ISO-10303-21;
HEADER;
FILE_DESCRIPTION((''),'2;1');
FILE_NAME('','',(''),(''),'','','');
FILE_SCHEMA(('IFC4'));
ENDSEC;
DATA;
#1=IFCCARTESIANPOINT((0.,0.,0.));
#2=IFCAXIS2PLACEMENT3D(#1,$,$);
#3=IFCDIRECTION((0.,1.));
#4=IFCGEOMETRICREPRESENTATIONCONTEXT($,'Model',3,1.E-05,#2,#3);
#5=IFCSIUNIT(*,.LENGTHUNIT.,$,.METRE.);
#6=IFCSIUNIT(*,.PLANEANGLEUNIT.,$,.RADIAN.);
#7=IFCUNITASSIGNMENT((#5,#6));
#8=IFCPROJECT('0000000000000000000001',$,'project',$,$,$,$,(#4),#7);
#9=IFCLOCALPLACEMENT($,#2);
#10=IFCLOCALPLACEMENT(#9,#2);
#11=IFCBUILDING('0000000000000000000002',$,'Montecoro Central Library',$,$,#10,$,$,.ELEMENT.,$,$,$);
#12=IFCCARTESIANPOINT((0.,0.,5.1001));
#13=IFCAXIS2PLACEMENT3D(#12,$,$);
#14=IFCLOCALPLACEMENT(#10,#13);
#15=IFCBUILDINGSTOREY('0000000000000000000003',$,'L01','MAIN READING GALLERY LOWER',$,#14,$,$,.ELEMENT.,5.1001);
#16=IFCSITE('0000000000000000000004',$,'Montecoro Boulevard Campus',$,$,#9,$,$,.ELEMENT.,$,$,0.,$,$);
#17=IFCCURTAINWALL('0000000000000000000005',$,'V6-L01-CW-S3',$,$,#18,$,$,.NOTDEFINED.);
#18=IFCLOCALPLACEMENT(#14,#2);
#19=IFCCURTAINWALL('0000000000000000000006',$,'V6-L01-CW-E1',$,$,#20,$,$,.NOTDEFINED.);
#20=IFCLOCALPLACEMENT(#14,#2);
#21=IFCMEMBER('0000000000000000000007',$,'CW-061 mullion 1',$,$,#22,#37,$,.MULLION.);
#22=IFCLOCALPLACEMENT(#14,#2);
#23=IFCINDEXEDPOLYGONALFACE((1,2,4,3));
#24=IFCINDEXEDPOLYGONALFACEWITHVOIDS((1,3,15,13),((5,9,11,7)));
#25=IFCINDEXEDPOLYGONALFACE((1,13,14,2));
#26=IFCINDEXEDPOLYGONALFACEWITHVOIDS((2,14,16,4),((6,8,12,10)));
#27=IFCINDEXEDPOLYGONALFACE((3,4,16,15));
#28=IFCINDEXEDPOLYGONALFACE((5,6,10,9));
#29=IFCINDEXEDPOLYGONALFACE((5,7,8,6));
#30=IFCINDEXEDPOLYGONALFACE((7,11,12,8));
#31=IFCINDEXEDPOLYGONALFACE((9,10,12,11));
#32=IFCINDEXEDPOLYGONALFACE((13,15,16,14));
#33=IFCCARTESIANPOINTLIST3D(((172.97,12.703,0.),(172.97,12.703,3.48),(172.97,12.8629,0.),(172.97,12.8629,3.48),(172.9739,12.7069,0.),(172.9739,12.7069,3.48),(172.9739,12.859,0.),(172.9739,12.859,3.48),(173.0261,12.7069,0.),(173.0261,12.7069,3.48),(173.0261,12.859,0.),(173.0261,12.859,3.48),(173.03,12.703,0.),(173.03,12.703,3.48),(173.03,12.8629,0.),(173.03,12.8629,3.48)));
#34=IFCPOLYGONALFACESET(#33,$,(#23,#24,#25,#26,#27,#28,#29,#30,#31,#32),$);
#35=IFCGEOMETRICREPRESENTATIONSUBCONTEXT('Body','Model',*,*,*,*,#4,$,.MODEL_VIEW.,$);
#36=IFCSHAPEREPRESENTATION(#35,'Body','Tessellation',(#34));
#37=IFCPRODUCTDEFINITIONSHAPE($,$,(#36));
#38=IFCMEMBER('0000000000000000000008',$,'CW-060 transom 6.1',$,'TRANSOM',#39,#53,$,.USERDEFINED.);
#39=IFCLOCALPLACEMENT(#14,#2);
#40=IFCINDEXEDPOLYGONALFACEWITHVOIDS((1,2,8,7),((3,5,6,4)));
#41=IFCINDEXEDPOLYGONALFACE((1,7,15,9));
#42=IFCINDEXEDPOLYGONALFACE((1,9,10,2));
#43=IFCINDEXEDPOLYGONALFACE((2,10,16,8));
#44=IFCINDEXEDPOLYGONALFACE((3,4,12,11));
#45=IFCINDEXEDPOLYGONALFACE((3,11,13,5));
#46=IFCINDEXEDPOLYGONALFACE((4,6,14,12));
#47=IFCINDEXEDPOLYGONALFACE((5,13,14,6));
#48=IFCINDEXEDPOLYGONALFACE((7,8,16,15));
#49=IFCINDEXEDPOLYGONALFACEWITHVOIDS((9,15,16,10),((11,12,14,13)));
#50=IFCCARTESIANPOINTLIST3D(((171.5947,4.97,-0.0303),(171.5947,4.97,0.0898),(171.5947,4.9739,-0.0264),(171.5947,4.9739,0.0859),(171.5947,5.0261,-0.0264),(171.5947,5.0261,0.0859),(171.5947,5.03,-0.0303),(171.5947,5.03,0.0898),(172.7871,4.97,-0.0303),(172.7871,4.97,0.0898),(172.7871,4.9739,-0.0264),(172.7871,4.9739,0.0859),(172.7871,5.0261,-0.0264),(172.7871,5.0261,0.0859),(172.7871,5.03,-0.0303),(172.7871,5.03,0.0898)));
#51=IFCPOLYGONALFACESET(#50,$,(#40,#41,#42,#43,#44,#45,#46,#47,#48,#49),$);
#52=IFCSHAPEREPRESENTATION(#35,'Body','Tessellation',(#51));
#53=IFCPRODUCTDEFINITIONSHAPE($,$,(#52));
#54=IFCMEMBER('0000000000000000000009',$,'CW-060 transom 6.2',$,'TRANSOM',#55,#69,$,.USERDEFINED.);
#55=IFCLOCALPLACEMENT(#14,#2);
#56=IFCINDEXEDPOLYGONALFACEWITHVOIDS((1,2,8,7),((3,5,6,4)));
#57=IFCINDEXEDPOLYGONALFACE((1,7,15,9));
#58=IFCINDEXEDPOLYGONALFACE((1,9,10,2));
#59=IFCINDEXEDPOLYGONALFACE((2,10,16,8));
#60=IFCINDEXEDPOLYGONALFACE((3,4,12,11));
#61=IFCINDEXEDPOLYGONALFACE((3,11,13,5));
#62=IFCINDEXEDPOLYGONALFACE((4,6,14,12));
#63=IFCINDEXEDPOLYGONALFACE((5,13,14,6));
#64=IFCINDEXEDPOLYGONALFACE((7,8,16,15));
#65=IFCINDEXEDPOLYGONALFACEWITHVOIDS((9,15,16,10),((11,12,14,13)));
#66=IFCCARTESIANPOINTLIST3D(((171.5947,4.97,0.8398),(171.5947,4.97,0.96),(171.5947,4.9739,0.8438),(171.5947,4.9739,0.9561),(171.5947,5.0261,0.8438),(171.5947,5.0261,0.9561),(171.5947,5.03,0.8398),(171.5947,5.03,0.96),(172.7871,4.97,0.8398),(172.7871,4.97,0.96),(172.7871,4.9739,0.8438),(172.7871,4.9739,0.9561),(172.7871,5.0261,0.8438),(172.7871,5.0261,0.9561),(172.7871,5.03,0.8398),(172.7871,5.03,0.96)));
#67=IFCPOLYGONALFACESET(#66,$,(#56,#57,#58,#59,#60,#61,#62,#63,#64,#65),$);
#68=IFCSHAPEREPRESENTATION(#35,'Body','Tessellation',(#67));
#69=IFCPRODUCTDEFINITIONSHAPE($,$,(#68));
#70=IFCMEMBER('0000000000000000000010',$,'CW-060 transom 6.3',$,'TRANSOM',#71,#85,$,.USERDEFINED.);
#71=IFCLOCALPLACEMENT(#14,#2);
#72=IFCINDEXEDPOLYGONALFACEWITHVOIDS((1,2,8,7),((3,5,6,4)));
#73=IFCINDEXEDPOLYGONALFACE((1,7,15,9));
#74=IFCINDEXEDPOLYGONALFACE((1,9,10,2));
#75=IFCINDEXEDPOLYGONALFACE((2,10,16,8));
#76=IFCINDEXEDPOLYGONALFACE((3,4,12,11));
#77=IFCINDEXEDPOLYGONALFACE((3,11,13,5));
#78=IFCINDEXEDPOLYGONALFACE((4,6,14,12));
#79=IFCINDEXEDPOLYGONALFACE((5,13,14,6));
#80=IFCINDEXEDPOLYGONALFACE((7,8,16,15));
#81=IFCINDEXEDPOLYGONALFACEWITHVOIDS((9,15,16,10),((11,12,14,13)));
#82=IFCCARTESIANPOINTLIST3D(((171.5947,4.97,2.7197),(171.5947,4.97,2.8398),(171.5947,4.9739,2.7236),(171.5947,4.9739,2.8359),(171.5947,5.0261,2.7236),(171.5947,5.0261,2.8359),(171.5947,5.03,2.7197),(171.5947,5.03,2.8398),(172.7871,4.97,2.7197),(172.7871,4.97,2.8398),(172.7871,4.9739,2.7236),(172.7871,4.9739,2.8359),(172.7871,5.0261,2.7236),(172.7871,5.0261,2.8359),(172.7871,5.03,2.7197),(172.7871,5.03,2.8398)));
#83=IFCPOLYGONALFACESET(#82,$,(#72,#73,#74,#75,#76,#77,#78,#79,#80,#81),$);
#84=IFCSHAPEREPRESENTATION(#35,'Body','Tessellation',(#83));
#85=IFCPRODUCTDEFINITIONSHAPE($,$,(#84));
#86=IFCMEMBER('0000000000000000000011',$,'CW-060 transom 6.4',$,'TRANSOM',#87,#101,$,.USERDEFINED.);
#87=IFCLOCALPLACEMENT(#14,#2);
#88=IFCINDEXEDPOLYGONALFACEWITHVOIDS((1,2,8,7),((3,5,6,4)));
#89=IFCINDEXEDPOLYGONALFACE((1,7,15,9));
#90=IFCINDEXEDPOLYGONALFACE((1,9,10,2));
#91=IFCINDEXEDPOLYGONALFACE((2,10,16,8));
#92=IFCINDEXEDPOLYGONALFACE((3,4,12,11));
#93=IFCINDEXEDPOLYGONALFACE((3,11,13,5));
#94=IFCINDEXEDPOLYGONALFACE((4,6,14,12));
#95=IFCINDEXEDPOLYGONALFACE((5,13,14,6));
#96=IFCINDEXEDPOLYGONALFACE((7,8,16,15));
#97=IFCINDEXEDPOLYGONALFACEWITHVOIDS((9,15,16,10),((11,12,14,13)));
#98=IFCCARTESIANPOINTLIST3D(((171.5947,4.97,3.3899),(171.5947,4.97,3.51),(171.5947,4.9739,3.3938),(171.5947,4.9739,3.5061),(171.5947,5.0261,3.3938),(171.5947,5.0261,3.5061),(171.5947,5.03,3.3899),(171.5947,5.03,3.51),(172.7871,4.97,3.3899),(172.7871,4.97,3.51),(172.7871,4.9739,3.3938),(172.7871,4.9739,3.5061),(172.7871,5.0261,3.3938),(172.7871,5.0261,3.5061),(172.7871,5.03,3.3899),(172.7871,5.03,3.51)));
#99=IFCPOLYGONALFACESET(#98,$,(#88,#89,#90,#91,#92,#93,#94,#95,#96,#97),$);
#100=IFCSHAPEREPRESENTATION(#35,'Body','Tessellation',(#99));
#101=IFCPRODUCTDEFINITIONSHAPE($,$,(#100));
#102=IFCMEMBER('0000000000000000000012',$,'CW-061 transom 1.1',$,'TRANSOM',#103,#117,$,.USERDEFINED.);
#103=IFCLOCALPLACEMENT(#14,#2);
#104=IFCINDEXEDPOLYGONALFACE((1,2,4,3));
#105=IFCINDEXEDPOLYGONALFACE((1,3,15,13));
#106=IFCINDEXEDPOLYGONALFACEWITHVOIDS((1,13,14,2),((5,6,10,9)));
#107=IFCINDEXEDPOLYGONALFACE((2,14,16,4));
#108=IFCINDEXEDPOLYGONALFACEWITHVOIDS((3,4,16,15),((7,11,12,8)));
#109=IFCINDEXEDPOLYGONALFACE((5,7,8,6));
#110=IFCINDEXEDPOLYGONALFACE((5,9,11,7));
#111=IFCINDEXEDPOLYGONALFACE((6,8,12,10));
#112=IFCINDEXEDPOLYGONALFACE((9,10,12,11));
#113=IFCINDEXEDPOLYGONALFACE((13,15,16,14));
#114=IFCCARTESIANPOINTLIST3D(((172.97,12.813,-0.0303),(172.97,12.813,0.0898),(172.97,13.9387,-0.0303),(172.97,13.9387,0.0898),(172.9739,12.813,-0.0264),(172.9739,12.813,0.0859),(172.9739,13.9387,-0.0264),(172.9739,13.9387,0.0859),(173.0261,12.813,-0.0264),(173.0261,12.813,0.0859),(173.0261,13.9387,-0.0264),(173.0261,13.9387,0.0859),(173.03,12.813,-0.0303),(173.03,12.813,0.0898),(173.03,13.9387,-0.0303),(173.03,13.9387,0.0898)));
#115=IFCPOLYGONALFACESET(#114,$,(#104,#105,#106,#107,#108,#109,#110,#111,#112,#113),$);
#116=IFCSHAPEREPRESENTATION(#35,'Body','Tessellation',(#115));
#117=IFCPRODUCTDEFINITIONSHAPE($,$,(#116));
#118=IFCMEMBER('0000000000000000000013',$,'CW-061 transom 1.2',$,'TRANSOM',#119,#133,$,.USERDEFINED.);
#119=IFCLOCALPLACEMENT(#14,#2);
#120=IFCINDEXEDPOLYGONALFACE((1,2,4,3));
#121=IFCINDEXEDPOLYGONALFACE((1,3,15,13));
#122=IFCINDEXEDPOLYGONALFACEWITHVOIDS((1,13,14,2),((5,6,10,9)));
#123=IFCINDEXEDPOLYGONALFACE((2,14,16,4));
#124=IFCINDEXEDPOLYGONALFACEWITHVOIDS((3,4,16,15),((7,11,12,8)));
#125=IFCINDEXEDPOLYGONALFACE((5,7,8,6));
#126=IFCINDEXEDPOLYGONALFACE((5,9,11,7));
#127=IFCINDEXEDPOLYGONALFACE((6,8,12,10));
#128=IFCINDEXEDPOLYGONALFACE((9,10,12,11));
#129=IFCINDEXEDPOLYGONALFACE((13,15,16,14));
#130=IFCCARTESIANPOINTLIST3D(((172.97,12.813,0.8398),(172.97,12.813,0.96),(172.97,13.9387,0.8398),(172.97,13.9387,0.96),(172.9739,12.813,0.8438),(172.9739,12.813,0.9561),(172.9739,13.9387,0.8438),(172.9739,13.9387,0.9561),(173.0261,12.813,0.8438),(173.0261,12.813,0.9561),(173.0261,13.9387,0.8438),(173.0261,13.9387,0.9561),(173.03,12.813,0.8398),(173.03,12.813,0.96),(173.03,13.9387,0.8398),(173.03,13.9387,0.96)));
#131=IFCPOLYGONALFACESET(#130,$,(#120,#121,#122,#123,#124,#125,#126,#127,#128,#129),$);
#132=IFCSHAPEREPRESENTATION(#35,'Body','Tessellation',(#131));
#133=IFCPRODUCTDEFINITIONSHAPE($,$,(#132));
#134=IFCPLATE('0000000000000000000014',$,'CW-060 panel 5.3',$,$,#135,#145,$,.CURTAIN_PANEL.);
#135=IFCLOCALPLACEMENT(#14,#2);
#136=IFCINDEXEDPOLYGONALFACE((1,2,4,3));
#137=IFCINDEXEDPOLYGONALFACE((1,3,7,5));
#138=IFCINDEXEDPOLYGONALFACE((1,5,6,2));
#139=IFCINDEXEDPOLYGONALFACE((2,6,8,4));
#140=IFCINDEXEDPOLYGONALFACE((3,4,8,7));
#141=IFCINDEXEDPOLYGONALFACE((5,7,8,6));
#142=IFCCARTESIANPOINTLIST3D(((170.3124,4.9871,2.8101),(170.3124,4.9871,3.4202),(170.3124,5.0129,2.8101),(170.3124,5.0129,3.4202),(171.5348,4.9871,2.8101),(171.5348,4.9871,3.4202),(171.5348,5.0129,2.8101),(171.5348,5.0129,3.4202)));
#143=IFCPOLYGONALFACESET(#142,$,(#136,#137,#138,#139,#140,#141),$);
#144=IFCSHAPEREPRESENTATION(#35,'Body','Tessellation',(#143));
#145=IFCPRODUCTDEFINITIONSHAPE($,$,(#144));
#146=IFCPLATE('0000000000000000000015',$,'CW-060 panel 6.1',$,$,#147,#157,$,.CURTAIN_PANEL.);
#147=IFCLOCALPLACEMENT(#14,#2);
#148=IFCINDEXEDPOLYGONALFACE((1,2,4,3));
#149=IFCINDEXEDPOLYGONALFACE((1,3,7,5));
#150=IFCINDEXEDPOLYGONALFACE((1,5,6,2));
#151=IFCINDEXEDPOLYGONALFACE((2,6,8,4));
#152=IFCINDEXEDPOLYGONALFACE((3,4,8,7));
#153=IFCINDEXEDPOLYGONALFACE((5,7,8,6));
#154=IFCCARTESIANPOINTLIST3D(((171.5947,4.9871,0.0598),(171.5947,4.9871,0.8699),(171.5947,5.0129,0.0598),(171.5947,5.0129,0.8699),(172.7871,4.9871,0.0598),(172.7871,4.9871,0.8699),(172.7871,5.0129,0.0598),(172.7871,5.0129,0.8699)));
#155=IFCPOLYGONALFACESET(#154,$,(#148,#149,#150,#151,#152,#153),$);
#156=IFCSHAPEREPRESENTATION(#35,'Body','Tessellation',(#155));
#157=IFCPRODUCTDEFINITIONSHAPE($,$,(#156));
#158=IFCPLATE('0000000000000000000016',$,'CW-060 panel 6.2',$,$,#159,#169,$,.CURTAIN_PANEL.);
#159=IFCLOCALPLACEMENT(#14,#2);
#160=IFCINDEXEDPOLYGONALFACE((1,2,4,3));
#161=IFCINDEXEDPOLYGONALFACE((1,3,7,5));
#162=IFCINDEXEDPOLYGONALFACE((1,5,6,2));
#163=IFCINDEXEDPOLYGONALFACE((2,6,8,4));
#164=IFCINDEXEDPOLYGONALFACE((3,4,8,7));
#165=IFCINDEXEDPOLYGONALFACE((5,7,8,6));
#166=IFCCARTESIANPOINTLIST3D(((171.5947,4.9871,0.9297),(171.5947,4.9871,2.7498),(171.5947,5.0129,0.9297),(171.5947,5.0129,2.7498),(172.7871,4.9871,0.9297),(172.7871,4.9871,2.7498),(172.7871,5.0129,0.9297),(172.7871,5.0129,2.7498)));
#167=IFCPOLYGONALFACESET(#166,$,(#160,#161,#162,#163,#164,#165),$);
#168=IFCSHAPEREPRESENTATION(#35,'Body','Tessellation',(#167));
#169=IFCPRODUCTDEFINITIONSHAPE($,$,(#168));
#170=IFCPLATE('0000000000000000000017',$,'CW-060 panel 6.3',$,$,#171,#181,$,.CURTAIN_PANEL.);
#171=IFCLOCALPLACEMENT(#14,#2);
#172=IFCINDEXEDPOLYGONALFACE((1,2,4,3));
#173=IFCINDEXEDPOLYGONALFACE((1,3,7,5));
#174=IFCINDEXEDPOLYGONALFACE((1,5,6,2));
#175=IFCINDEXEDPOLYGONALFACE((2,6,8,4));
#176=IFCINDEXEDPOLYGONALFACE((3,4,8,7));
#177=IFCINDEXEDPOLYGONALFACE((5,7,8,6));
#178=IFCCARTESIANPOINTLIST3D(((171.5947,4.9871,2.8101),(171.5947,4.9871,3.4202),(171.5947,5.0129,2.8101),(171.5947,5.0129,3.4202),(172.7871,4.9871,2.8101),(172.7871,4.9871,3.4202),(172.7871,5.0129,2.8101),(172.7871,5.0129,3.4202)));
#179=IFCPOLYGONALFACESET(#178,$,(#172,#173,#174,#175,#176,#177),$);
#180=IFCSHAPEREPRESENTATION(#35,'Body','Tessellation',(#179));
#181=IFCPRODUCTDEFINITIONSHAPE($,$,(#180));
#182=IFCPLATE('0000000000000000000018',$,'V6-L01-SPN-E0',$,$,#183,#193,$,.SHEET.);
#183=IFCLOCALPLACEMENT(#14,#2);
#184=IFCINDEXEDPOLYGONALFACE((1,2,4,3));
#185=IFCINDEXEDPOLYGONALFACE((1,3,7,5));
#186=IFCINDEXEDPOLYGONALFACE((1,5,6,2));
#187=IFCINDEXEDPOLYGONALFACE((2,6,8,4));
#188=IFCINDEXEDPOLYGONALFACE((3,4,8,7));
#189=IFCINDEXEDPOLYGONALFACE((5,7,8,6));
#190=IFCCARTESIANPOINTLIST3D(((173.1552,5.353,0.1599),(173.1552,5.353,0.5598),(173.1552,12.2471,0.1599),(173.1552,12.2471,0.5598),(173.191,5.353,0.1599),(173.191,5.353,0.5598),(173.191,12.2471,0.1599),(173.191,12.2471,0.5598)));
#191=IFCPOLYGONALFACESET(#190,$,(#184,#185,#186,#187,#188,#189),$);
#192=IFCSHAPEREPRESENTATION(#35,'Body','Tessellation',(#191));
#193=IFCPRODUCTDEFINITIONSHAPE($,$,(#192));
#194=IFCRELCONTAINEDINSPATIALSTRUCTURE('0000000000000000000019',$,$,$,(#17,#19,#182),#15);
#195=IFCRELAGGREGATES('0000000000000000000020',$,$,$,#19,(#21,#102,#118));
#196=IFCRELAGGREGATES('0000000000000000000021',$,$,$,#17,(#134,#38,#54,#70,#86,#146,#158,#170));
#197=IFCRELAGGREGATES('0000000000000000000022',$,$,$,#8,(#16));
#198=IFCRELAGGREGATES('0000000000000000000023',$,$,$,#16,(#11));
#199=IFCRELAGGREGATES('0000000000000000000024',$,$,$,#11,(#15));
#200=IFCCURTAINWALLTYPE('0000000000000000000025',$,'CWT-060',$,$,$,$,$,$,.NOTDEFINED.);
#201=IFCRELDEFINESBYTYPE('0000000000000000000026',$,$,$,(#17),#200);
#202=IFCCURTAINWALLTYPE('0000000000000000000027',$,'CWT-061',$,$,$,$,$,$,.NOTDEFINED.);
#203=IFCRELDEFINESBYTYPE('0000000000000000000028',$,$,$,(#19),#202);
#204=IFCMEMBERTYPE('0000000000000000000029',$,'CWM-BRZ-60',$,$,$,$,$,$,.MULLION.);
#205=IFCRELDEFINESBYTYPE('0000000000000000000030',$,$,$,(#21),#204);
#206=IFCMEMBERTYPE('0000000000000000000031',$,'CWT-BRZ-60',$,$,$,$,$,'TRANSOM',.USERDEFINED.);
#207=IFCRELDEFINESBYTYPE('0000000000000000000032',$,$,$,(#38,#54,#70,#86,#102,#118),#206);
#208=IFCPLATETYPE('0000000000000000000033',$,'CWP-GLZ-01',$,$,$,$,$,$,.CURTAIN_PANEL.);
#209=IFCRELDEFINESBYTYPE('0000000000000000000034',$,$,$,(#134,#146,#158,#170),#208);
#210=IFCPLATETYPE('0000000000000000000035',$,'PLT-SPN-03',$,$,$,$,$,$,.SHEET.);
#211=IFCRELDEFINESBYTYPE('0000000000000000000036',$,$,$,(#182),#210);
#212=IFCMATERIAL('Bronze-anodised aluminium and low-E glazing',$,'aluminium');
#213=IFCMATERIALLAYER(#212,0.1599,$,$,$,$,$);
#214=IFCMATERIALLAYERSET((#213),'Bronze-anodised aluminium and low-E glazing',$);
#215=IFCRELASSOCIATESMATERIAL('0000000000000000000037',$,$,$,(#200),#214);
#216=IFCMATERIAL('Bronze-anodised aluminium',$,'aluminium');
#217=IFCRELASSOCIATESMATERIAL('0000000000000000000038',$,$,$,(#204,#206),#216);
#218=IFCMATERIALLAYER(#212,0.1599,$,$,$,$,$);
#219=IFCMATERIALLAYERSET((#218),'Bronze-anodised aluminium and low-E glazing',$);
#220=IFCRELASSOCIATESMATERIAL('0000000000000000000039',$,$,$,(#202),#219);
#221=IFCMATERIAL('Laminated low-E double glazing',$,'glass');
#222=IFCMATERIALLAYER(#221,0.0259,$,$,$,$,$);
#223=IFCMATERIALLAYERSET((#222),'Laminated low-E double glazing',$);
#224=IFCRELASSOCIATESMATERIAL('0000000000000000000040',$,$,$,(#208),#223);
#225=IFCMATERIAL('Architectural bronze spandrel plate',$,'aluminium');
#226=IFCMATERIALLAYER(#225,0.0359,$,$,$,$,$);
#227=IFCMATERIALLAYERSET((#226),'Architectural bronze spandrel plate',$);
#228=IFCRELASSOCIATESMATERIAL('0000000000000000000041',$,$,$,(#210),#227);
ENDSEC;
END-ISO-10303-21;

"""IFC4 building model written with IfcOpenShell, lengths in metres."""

from ifc_helpers import new_model, si_unit, direction, frame, origin, origin_2d, place, context, subcontext, project, spatial, rectangle, hollow_rectangle, extrude, material, layer, layer_set, material_profile, profile_set, type_object, element, aggregate, save


model = new_model("IFC4")

# Units and contexts
model_context = context("Model", 3, precision=1e-05, world=origin(), true_north=direction((0.0, 1.0)))
body_context = subcontext(model_context, "Body", "Model", "MODEL_VIEW")
ifc_project = project(units=[si_unit("LENGTHUNIT", "METRE"), si_unit("PLANEANGLEUNIT", "RADIAN")], contexts=[model_context])

# Site, building, storey
site_placement = place(None, origin())
site = spatial("IfcSite", under=ifc_project, at=site_placement, Name="Montecoro Boulevard Campus", CompositionType="ELEMENT", RefElevation=0.0)
building_placement = place(site_placement, origin())
building = spatial("IfcBuilding", under=site, at=building_placement, Name="Montecoro Central Library", CompositionType="ELEMENT")
storey_placement = place(building_placement, frame((0.0, 0.0, 5.1001)))
storey = spatial("IfcBuildingStorey", under=building, at=storey_placement, Name="L01", Description="MAIN READING GALLERY LOWER", CompositionType="ELEMENT", Elevation=5.1001)

# Curtain wall
ifc_material_1 = material(Name="Bronze-anodised aluminium and low-E glazing", Category="aluminium")
ifc_layer_1 = layer(ifc_material_1, 0.1599)
ifc_layer_set_1 = layer_set([ifc_layer_1], Name="Bronze-anodised aluminium and low-E glazing")
curtain_wall_type_1 = type_object("IfcCurtainWallType", Name="CWT-060", PredefinedType="NOTDEFINED", material=ifc_layer_set_1)
curtain_wall_1_placement = place(storey_placement, origin())
curtain_wall_1 = element("IfcCurtainWall", 1, at=curtain_wall_1_placement, inside=storey, type_object=curtain_wall_type_1, Name="V6-L01-CW-S3", PredefinedType="NOTDEFINED")
ifc_material_2 = material(Name="Bronze-anodised aluminium", Category="aluminium")
ifc_material_profile_1 = material_profile(ifc_material_2, hollow_rectangle(XDim=0.0601, YDim=0.1599, WallThickness=0.0039, at=origin_2d()), Name="CWM 160x60x4.0")
ifc_profile_set_1 = profile_set([ifc_material_profile_1], Name="Bronze-anodised aluminium")
member_type_1 = type_object("IfcMemberType", Name="CWM-BRZ-60", PredefinedType="MULLION", material=ifc_profile_set_1)

# Curtain wall, member
ifc_layer_2 = layer(ifc_material_1, 0.1599)
ifc_layer_set_2 = layer_set([ifc_layer_2], Name="Bronze-anodised aluminium and low-E glazing")
curtain_wall_type_2 = type_object("IfcCurtainWallType", Name="CWT-061", PredefinedType="NOTDEFINED", material=ifc_layer_set_2)
curtain_wall_2_placement = place(storey_placement, origin())
curtain_wall_2 = element("IfcCurtainWall", 2, at=curtain_wall_2_placement, inside=storey, type_object=curtain_wall_type_2, Name="V6-L01-CW-E1", PredefinedType="NOTDEFINED")
member_1_placement = place(storey_placement, frame((173.0, 12.783, 0.0), z_axis=(0.0, 0.0, 1.0), x_axis=(-1.0, 0.0, 0.0)))
member_1 = element("IfcMember", 3, at=member_1_placement, type_object=member_type_1, Name="CW-061 mullion 1", PredefinedType="MULLION", context=body_context, shape_type="SweptSolid", body=[
    extrude(hollow_rectangle(XDim=0.0601, YDim=0.1599, WallThickness=0.0039, at=origin_2d()), origin(), (0.0, 0.0, 1.0), 3.48),
])

# Members
ifc_material_profile_2 = material_profile(ifc_material_2, hollow_rectangle(XDim=0.0601, YDim=0.1201, WallThickness=0.0039, at=origin_2d()), Name="CWT 120x60x4.0")
ifc_profile_set_2 = profile_set([ifc_material_profile_2], Name="Bronze-anodised aluminium")
member_type_2 = type_object("IfcMemberType", Name="CWT-BRZ-60", ElementType="TRANSOM", PredefinedType="USERDEFINED", material=ifc_profile_set_2)
member_2_placement = place(storey_placement, frame((171.5947, 5.0, 0.0298), z_axis=(1.0, 0.0, 0.0), x_axis=(0.0, 1.0, 0.0)))
member_2 = element("IfcMember", 4, at=member_2_placement, type_object=member_type_2, Name="CW-060 transom 6.1", ObjectType="TRANSOM", PredefinedType="USERDEFINED", context=body_context, shape_type="SweptSolid", body=[
    extrude(hollow_rectangle(XDim=0.0601, YDim=0.1201, WallThickness=0.0039, at=origin_2d()), origin(), (0.0, 0.0, 1.0), 1.1924),
])
member_3_placement = place(storey_placement, frame((171.5947, 5.0, 0.8999), z_axis=(1.0, 0.0, 0.0), x_axis=(0.0, 1.0, 0.0)))
member_3 = element("IfcMember", 5, at=member_3_placement, type_object=member_type_2, Name="CW-060 transom 6.2", ObjectType="TRANSOM", PredefinedType="USERDEFINED", context=body_context, shape_type="SweptSolid", body=[
    extrude(hollow_rectangle(XDim=0.0601, YDim=0.1201, WallThickness=0.0039, at=origin_2d()), origin(), (0.0, 0.0, 1.0), 1.1924),
])
member_4_placement = place(storey_placement, frame((171.5947, 5.0, 2.7798), z_axis=(1.0, 0.0, 0.0), x_axis=(0.0, 1.0, 0.0)))
member_4 = element("IfcMember", 6, at=member_4_placement, type_object=member_type_2, Name="CW-060 transom 6.3", ObjectType="TRANSOM", PredefinedType="USERDEFINED", context=body_context, shape_type="SweptSolid", body=[
    extrude(hollow_rectangle(XDim=0.0601, YDim=0.1201, WallThickness=0.0039, at=origin_2d()), origin(), (0.0, 0.0, 1.0), 1.1924),
])
member_5_placement = place(storey_placement, frame((171.5947, 5.0, 3.45), z_axis=(1.0, 0.0, 0.0), x_axis=(0.0, 1.0, 0.0)))
member_5 = element("IfcMember", 7, at=member_5_placement, type_object=member_type_2, Name="CW-060 transom 6.4", ObjectType="TRANSOM", PredefinedType="USERDEFINED", context=body_context, shape_type="SweptSolid", body=[
    extrude(hollow_rectangle(XDim=0.0601, YDim=0.1201, WallThickness=0.0039, at=origin_2d()), origin(), (0.0, 0.0, 1.0), 1.1924),
])
member_6_placement = place(storey_placement, frame((173.0, 12.813, 0.0298), z_axis=(0.0, 1.0, 0.0), x_axis=(-1.0, 0.0, 0.0)))
member_6 = element("IfcMember", 8, at=member_6_placement, type_object=member_type_2, Name="CW-061 transom 1.1", ObjectType="TRANSOM", PredefinedType="USERDEFINED", context=body_context, shape_type="SweptSolid", body=[
    extrude(hollow_rectangle(XDim=0.0601, YDim=0.1201, WallThickness=0.0039, at=origin_2d()), origin(), (0.0, 0.0, 1.0), 1.1257),
])
member_7_placement = place(storey_placement, frame((173.0, 12.813, 0.8999), z_axis=(0.0, 1.0, 0.0), x_axis=(-1.0, 0.0, 0.0)))
member_7 = element("IfcMember", 9, at=member_7_placement, type_object=member_type_2, Name="CW-061 transom 1.2", ObjectType="TRANSOM", PredefinedType="USERDEFINED", context=body_context, shape_type="SweptSolid", body=[
    extrude(hollow_rectangle(XDim=0.0601, YDim=0.1201, WallThickness=0.0039, at=origin_2d()), origin(), (0.0, 0.0, 1.0), 1.1257),
])
aggregate(curtain_wall_2, [member_1, member_6, member_7])

# Plates
ifc_material_3 = material(Name="Laminated low-E double glazing", Category="glass")
ifc_layer_3 = layer(ifc_material_3, 0.0259)
ifc_layer_set_3 = layer_set([ifc_layer_3], Name="Laminated low-E double glazing")
plate_type_1 = type_object("IfcPlateType", Name="CWP-GLZ-01", PredefinedType="CURTAIN_PANEL", material=ifc_layer_set_3)
plate_1_placement = place(storey_placement, frame((170.9236, 5.0, 2.8101), z_axis=(0.0, 0.0, 1.0), x_axis=(1.0, 0.0, 0.0)))
plate_1 = element("IfcPlate", 10, at=plate_1_placement, type_object=plate_type_1, Name="CW-060 panel 5.3", PredefinedType="CURTAIN_PANEL", context=body_context, shape_type="SweptSolid", body=[
    extrude(rectangle(XDim=1.2224, YDim=0.0259, at=origin_2d()), origin(), (0.0, 0.0, 1.0), 0.6101),
])
plate_2_placement = place(storey_placement, frame((172.1909, 5.0, 0.0598), z_axis=(0.0, 0.0, 1.0), x_axis=(1.0, 0.0, 0.0)))
plate_2 = element("IfcPlate", 11, at=plate_2_placement, type_object=plate_type_1, Name="CW-060 panel 6.1", PredefinedType="CURTAIN_PANEL", context=body_context, shape_type="SweptSolid", body=[
    extrude(rectangle(XDim=1.1924, YDim=0.0259, at=origin_2d()), origin(), (0.0, 0.0, 1.0), 0.8101),
])
plate_3_placement = place(storey_placement, frame((172.1909, 5.0, 0.9297), z_axis=(0.0, 0.0, 1.0), x_axis=(1.0, 0.0, 0.0)))
plate_3 = element("IfcPlate", 12, at=plate_3_placement, type_object=plate_type_1, Name="CW-060 panel 6.2", PredefinedType="CURTAIN_PANEL", context=body_context, shape_type="SweptSolid", body=[
    extrude(rectangle(XDim=1.1924, YDim=0.0259, at=origin_2d()), origin(), (0.0, 0.0, 1.0), 1.8201),
])
plate_4_placement = place(storey_placement, frame((172.1909, 5.0, 2.8101), z_axis=(0.0, 0.0, 1.0), x_axis=(1.0, 0.0, 0.0)))
plate_4 = element("IfcPlate", 13, at=plate_4_placement, type_object=plate_type_1, Name="CW-060 panel 6.3", PredefinedType="CURTAIN_PANEL", context=body_context, shape_type="SweptSolid", body=[
    extrude(rectangle(XDim=1.1924, YDim=0.0259, at=origin_2d()), origin(), (0.0, 0.0, 1.0), 0.6101),
])
aggregate(curtain_wall_1, [plate_1, member_2, member_3, member_4, member_5, plate_2, plate_3, plate_4])
ifc_material_4 = material(Name="Architectural bronze spandrel plate", Category="aluminium")
ifc_layer_4 = layer(ifc_material_4, 0.0359)
ifc_layer_set_4 = layer_set([ifc_layer_4], Name="Architectural bronze spandrel plate")
plate_type_2 = type_object("IfcPlateType", Name="PLT-SPN-03", PredefinedType="SHEET", material=ifc_layer_set_4)
plate_5_placement = place(storey_placement, frame((173.1731, 8.8, 0.1599), z_axis=(0.0, 0.0, 1.0), x_axis=(0.0, 1.0, 0.0)))
element("IfcPlate", 14, at=plate_5_placement, inside=storey, type_object=plate_type_2, Name="V6-L01-SPN-E0", PredefinedType="SHEET", context=body_context, shape_type="SweptSolid", body=[
    extrude(rectangle(XDim=6.894, YDim=0.0359, at=origin_2d()), origin(), (0.0, 0.0, 1.0), 0.3999),
])

save(model, "model.ifc")
